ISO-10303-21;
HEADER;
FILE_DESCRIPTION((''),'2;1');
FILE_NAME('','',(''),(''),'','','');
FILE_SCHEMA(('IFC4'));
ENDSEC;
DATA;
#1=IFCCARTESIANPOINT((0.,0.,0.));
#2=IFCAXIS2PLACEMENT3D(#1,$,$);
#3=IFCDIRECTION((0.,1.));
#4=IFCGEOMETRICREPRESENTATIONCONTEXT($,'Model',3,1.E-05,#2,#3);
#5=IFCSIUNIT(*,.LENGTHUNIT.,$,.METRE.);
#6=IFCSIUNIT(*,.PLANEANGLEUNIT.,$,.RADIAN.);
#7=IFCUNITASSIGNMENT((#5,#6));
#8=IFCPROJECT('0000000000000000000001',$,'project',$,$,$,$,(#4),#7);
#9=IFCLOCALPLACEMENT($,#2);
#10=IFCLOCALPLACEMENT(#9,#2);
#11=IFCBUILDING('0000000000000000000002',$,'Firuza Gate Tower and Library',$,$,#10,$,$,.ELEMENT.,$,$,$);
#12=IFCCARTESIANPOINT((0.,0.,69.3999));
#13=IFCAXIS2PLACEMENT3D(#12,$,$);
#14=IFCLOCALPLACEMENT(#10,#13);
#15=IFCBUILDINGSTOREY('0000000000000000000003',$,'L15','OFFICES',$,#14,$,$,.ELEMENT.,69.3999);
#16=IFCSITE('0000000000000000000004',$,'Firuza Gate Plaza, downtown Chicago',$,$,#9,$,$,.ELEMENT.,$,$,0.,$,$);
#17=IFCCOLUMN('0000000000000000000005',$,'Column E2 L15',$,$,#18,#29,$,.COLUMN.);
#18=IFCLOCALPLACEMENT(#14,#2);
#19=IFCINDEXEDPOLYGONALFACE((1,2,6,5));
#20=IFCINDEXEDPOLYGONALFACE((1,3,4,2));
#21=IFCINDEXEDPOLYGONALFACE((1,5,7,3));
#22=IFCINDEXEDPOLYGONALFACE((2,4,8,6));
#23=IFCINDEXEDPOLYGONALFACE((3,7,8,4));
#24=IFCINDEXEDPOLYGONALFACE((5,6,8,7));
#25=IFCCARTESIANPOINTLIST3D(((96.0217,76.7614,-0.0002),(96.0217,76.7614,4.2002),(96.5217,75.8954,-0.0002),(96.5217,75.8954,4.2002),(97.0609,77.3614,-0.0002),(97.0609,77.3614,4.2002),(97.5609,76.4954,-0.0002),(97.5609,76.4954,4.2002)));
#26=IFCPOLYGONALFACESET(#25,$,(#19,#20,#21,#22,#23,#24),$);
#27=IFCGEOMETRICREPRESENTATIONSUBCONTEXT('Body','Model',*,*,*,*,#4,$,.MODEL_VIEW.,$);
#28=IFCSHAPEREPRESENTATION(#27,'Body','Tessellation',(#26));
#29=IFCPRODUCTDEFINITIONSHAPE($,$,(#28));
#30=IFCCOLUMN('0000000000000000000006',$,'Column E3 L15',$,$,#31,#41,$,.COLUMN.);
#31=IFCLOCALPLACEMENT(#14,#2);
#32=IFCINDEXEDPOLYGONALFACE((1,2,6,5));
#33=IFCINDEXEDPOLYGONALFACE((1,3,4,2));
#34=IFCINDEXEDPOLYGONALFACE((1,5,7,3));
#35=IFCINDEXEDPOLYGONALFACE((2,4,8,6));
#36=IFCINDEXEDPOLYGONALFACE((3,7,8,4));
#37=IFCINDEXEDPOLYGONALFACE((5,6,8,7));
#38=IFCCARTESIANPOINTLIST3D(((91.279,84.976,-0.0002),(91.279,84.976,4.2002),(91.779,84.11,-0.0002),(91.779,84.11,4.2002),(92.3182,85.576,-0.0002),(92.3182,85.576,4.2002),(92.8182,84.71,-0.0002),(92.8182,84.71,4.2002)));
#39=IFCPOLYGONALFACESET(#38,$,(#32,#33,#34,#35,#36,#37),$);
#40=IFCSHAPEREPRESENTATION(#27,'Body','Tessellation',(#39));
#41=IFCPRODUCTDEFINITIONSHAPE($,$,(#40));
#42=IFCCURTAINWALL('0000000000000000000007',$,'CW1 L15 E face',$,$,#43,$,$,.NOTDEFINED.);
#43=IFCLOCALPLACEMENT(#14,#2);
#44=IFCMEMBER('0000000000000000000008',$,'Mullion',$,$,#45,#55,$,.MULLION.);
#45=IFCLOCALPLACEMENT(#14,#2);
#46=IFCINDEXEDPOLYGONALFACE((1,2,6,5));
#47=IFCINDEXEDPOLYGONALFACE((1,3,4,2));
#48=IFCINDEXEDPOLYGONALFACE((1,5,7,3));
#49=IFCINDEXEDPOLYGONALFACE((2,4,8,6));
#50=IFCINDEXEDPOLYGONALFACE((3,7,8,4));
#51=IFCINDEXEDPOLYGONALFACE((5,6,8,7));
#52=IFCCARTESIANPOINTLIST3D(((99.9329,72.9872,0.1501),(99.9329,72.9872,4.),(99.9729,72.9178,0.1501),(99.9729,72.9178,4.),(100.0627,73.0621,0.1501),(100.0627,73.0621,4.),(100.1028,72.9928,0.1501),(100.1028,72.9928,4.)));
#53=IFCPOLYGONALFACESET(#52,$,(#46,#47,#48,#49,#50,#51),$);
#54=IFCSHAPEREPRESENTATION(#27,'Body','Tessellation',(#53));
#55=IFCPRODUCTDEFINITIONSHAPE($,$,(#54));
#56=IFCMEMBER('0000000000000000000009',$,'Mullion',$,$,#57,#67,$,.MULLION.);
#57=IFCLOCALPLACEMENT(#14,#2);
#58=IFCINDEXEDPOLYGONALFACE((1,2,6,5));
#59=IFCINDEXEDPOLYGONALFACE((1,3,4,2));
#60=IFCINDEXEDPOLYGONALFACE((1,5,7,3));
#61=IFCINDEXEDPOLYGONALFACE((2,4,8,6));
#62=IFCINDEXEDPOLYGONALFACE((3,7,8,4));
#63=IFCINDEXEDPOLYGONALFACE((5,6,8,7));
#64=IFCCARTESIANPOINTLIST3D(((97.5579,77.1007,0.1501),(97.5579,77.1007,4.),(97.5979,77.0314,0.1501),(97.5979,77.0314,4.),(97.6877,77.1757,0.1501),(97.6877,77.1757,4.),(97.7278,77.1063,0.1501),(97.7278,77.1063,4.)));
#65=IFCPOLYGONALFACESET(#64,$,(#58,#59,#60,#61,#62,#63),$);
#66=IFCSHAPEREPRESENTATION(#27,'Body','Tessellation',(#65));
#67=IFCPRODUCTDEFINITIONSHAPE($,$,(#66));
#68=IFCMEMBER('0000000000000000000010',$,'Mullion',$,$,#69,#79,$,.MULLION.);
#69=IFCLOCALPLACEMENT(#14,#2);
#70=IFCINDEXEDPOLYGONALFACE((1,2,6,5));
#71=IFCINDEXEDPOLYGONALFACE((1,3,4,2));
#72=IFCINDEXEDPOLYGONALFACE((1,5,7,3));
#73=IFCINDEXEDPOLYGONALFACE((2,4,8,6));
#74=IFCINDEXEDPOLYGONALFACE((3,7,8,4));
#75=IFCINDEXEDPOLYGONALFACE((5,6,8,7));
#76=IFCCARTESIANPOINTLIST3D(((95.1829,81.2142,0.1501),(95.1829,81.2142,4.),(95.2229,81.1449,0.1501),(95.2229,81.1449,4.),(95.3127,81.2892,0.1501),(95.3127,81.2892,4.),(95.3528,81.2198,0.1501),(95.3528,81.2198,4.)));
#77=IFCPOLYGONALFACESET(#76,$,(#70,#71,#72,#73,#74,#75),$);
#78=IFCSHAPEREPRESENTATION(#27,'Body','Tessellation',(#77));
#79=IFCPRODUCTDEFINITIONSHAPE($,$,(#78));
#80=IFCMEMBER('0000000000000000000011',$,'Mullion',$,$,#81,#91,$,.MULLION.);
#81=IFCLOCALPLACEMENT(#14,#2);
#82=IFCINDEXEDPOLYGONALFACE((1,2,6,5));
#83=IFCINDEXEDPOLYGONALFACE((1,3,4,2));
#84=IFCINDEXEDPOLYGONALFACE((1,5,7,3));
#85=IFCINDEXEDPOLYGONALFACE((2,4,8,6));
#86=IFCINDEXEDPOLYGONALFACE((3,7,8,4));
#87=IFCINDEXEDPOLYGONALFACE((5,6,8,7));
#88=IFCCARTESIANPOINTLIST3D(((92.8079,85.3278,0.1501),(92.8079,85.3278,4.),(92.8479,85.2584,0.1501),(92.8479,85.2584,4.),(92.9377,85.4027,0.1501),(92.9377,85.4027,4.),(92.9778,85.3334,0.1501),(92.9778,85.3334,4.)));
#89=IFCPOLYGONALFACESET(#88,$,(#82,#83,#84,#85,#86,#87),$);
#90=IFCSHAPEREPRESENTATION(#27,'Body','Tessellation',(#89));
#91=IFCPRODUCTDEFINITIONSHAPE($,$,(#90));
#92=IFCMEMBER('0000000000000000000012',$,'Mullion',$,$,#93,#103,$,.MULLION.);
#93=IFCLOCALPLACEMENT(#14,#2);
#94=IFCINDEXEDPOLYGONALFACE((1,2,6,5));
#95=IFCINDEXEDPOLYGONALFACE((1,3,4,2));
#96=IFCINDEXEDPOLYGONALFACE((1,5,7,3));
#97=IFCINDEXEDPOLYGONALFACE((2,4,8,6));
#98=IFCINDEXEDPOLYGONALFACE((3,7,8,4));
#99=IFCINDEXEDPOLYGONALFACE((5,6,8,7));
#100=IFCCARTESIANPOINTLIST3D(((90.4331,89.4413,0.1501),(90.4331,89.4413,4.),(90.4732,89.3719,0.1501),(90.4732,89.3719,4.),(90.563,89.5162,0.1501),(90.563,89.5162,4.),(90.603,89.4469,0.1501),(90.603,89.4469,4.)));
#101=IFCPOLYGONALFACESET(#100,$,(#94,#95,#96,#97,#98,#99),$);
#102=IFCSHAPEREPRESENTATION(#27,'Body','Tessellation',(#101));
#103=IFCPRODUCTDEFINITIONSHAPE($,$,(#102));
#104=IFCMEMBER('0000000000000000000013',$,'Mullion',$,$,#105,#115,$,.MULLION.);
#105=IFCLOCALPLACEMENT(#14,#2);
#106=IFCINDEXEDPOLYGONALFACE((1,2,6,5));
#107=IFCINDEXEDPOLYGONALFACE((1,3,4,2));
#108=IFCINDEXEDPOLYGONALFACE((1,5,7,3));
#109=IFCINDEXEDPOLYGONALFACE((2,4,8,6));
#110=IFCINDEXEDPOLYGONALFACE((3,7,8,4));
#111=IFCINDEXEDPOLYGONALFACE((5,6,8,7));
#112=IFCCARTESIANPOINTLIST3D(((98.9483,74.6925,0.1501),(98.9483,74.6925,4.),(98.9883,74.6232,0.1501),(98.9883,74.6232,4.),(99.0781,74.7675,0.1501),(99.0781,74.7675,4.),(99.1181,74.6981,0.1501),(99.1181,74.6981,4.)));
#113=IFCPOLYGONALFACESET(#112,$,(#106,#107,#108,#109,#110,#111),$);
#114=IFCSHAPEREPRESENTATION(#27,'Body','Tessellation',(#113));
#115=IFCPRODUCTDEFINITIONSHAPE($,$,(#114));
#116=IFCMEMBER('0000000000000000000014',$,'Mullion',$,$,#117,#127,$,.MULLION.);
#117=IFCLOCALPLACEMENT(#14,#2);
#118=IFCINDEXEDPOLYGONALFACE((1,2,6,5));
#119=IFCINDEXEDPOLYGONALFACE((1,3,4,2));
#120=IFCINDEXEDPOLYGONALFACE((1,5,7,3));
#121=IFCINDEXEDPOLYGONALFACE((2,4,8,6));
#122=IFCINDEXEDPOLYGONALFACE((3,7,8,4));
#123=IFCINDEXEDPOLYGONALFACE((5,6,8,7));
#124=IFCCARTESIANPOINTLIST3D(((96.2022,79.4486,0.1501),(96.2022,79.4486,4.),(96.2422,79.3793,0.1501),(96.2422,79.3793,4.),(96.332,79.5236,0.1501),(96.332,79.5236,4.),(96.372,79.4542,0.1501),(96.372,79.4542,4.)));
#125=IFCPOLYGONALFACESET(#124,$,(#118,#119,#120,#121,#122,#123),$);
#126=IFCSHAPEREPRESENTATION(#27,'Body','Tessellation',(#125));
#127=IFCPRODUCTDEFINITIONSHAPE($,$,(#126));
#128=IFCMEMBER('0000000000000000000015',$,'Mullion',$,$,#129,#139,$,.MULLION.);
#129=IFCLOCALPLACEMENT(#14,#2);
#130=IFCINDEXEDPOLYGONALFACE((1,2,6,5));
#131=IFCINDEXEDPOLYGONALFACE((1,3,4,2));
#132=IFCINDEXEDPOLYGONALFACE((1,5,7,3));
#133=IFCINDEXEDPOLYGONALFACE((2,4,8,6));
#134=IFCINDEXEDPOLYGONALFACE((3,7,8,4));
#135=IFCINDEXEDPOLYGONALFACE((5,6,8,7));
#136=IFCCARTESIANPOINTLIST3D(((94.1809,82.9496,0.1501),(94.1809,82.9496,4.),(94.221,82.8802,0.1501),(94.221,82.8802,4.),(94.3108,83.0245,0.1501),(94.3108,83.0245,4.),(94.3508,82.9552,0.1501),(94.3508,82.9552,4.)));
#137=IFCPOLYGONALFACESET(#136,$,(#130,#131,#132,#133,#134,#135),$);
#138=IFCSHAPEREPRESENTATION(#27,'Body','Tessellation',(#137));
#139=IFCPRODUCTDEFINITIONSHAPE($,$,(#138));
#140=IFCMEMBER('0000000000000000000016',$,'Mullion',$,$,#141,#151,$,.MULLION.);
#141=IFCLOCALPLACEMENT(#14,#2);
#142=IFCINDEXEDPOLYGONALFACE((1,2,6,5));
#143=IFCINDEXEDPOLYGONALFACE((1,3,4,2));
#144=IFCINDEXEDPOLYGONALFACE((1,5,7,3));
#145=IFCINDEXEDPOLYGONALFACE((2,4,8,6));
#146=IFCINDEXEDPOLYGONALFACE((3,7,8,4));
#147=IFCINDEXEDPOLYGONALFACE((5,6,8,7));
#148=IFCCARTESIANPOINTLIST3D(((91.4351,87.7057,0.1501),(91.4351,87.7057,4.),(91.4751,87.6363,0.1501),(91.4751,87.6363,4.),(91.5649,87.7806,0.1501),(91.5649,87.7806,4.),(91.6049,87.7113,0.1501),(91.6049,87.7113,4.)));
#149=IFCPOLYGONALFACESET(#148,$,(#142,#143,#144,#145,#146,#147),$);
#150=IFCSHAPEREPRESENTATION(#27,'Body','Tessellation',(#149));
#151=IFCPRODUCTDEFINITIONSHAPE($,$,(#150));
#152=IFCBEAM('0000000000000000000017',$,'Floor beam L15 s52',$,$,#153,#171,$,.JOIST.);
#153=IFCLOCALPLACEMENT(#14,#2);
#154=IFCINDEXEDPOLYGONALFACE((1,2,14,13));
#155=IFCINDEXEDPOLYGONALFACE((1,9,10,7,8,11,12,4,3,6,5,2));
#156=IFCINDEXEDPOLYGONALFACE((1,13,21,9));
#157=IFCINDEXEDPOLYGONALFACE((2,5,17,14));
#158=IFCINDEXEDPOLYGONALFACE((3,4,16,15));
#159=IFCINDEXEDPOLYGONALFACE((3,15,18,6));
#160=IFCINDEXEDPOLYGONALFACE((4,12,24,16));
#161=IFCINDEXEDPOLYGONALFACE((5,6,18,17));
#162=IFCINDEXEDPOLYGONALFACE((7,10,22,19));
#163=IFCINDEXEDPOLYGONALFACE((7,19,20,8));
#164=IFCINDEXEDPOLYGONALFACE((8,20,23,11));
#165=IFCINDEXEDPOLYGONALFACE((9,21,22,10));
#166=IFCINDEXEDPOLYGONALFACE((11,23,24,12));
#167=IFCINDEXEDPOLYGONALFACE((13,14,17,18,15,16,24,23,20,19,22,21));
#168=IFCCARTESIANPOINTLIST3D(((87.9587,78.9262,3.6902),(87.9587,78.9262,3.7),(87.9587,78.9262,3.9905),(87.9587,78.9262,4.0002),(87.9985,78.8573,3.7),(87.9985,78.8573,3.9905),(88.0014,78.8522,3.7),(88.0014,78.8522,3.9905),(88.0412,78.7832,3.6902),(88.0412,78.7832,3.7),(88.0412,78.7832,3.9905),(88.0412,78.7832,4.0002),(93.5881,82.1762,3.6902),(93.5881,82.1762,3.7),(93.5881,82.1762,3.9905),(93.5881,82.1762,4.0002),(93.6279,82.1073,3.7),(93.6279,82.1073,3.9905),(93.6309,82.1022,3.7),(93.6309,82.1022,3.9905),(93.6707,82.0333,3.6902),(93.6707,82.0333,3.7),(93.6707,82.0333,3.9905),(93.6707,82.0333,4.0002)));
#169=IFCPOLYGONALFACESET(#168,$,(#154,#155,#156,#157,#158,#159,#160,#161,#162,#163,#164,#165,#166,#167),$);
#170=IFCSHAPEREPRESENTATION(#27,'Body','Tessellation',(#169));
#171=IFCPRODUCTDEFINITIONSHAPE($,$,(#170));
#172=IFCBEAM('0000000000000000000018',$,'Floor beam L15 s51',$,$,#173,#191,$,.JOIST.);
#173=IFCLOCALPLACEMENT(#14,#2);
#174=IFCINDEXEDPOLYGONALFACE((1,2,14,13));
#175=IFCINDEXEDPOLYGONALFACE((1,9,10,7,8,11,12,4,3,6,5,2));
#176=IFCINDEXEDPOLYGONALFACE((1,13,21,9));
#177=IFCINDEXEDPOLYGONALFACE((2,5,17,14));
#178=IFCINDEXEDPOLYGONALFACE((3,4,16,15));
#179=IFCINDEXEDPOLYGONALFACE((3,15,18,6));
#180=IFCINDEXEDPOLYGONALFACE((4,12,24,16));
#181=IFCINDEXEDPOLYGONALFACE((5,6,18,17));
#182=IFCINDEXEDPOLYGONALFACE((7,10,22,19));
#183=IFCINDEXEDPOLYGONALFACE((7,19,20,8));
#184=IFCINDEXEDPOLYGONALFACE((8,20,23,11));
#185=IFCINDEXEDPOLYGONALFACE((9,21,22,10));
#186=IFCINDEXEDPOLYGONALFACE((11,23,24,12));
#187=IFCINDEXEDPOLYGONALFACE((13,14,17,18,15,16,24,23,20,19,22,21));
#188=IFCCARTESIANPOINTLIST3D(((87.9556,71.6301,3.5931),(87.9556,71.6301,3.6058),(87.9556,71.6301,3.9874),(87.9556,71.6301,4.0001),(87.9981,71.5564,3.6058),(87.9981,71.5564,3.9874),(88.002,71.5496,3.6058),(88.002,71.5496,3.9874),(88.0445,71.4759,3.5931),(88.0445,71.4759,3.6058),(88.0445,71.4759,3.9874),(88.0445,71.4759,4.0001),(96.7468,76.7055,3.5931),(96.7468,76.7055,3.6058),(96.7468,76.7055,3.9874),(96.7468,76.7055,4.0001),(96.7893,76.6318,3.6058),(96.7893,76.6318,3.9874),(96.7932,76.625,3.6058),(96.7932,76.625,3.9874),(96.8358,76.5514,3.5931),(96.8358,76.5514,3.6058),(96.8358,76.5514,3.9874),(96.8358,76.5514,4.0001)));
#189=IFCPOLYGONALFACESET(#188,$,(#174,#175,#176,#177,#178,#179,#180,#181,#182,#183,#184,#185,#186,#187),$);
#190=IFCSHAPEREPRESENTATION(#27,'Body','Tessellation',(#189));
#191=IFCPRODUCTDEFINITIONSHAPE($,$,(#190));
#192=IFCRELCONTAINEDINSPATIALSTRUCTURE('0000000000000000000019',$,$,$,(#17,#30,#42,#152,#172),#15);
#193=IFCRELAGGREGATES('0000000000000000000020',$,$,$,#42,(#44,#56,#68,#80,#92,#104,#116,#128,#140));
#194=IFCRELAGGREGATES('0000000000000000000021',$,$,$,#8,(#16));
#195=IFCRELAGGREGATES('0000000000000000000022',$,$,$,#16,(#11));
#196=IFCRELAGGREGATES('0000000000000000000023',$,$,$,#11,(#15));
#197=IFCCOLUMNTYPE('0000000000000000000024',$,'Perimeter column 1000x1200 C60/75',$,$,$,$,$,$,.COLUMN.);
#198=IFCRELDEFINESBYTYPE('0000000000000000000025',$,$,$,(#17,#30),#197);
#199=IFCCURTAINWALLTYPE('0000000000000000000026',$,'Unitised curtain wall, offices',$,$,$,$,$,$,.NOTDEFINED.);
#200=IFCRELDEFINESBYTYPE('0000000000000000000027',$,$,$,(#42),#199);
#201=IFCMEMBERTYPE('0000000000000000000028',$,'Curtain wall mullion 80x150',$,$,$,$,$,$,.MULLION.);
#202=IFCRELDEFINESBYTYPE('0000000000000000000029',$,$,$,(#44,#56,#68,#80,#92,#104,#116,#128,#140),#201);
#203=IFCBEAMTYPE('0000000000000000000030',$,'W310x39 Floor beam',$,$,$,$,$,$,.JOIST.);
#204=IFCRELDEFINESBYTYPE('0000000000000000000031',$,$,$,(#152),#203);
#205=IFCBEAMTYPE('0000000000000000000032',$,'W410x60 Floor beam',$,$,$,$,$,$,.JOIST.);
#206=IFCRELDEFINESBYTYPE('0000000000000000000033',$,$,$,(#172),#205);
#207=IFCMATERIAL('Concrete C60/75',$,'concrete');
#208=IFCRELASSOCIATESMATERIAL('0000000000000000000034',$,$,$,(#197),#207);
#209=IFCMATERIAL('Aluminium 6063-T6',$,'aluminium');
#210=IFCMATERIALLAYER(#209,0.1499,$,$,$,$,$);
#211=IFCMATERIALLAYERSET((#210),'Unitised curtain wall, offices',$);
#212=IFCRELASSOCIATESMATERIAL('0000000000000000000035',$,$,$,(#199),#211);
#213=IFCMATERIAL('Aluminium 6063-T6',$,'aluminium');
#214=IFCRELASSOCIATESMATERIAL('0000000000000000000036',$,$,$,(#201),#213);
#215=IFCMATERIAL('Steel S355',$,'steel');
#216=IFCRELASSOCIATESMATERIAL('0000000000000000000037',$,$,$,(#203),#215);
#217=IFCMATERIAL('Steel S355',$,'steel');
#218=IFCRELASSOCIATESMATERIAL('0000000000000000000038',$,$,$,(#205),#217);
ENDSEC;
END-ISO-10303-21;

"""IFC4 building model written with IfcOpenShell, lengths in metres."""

from ifc_helpers import new_model, si_unit, direction, frame, origin, origin_2d, place, context, subcontext, project, spatial, rectangle, i_section, extrude, material, layer, layer_set, material_profile, profile_set, type_object, element, aggregate, save


model = new_model("IFC4")

# Units and contexts
model_context = context("Model", 3, precision=1e-05, world=origin(), true_north=direction((0.0, 1.0)))
body_context = subcontext(model_context, "Body", "Model", "MODEL_VIEW")
ifc_project = project(units=[si_unit("LENGTHUNIT", "METRE"), si_unit("PLANEANGLEUNIT", "RADIAN")], contexts=[model_context])

# Site, building, storey
site_placement = place(None, origin())
site = spatial("IfcSite", under=ifc_project, at=site_placement, Name="Firuza Gate Plaza, downtown Chicago", CompositionType="ELEMENT", RefElevation=0.0)
building_placement = place(site_placement, origin())
building = spatial("IfcBuilding", under=site, at=building_placement, Name="Firuza Gate Tower and Library", CompositionType="ELEMENT")
storey_placement = place(building_placement, frame((0.0, 0.0, 69.3999)))
storey = spatial("IfcBuildingStorey", under=building, at=storey_placement, Name="L15", Description="OFFICES", CompositionType="ELEMENT", Elevation=69.3999)

# Columns
ifc_material_1 = material(Name="Concrete C60/75", Category="concrete")
ifc_material_profile_1 = material_profile(ifc_material_1, rectangle(XDim=1.0, YDim=1.2, at=origin_2d()))
ifc_profile_set_1 = profile_set([ifc_material_profile_1], Name="Concrete C60/75")
column_type = type_object("IfcColumnType", Name="Perimeter column 1000x1200 C60/75", PredefinedType="COLUMN", material=ifc_profile_set_1)
for number, where, z_axis, x_axis, name in (
    (1, (96.7913, 76.6284, -0.0002), (0.0, 0.0, 1.0), (-0.5, 0.866025, 0.0), "Column E2 L15"),
    (2, (92.0486, 84.843, -0.0002), (0.0, 0.0, 1.0), (-0.5, 0.866025, 0.0), "Column E3 L15"),
):
    element("IfcColumn", number, at=place(storey_placement, frame(where, z_axis=z_axis, x_axis=x_axis)), inside=storey, type_object=column_type, Name=name, PredefinedType="COLUMN", context=body_context, shape_type="SweptSolid", body=[
        extrude(rectangle(XDim=1.0, YDim=1.2, at=origin_2d()), origin(), (0.0, 0.0, 1.0), 4.2004),
    ])

# Curtain wall, members
ifc_material_2 = material(Name="Aluminium 6063-T6", Category="aluminium")
ifc_layer_1 = layer(ifc_material_2, 0.1499)
ifc_layer_set_1 = layer_set([ifc_layer_1], Name="Unitised curtain wall, offices")
curtain_wall_type = type_object("IfcCurtainWallType", Name="Unitised curtain wall, offices", PredefinedType="NOTDEFINED", material=ifc_layer_set_1)
curtain_wall_placement = place(storey_placement, origin())
curtain_wall = element("IfcCurtainWall", 3, at=curtain_wall_placement, inside=storey, type_object=curtain_wall_type, Name="CW1 L15 E face", PredefinedType="NOTDEFINED")
ifc_material_3 = material(Name="Aluminium 6063-T6", Category="aluminium")
ifc_material_profile_2 = material_profile(ifc_material_3, rectangle(XDim=0.1499, YDim=0.0801, at=origin_2d()))
ifc_profile_set_2 = profile_set([ifc_material_profile_2], Name="Aluminium 6063-T6")
member_type = type_object("IfcMemberType", Name="Curtain wall mullion 80x150", PredefinedType="MULLION", material=ifc_profile_set_2)
member_1_placement = place(storey_placement, frame((100.0178, 72.99, 0.1501), z_axis=(0.0, 0.0, 1.0), x_axis=(-0.866025, -0.5, 0.0)))
member_1 = element("IfcMember", 4, at=member_1_placement, type_object=member_type, Name="Mullion", PredefinedType="MULLION", context=body_context, shape_type="SweptSolid", body=[
    extrude(rectangle(XDim=0.1499, YDim=0.0801, at=origin_2d()), origin(), (0.0, 0.0, 1.0), 3.8499),
])
member_2_placement = place(storey_placement, frame((97.6428, 77.1035, 0.1501), z_axis=(0.0, 0.0, 1.0), x_axis=(-0.866025, -0.5, 0.0)))
member_2 = element("IfcMember", 5, at=member_2_placement, type_object=member_type, Name="Mullion", PredefinedType="MULLION", context=body_context, shape_type="SweptSolid", body=[
    extrude(rectangle(XDim=0.1499, YDim=0.0801, at=origin_2d()), origin(), (0.0, 0.0, 1.0), 3.8499),
])
member_3_placement = place(storey_placement, frame((95.2678, 81.217, 0.1501), z_axis=(0.0, 0.0, 1.0), x_axis=(-0.866025, -0.5, 0.0)))
member_3 = element("IfcMember", 6, at=member_3_placement, type_object=member_type, Name="Mullion", PredefinedType="MULLION", context=body_context, shape_type="SweptSolid", body=[
    extrude(rectangle(XDim=0.1499, YDim=0.0801, at=origin_2d()), origin(), (0.0, 0.0, 1.0), 3.8499),
])
member_4_placement = place(storey_placement, frame((92.8928, 85.3306, 0.1501), z_axis=(0.0, 0.0, 1.0), x_axis=(-0.866025, -0.5, 0.0)))
member_4 = element("IfcMember", 7, at=member_4_placement, type_object=member_type, Name="Mullion", PredefinedType="MULLION", context=body_context, shape_type="SweptSolid", body=[
    extrude(rectangle(XDim=0.1499, YDim=0.0801, at=origin_2d()), origin(), (0.0, 0.0, 1.0), 3.8499),
])
member_5_placement = place(storey_placement, frame((90.5181, 89.4441, 0.1501), z_axis=(0.0, 0.0, 1.0), x_axis=(-0.866025, -0.5, 0.0)))
member_5 = element("IfcMember", 8, at=member_5_placement, type_object=member_type, Name="Mullion", PredefinedType="MULLION", context=body_context, shape_type="SweptSolid", body=[
    extrude(rectangle(XDim=0.1499, YDim=0.0801, at=origin_2d()), origin(), (0.0, 0.0, 1.0), 3.8499),
])
member_6_placement = place(storey_placement, frame((99.0332, 74.6953, 0.1501), z_axis=(0.0, 0.0, 1.0), x_axis=(-0.866025, -0.5, 0.0)))
member_6 = element("IfcMember", 9, at=member_6_placement, type_object=member_type, Name="Mullion", PredefinedType="MULLION", context=body_context, shape_type="SweptSolid", body=[
    extrude(rectangle(XDim=0.1499, YDim=0.0801, at=origin_2d()), origin(), (0.0, 0.0, 1.0), 3.8499),
])
member_7_placement = place(storey_placement, frame((96.2871, 79.4514, 0.1501), z_axis=(0.0, 0.0, 1.0), x_axis=(-0.866025, -0.5, 0.0)))
member_7 = element("IfcMember", 10, at=member_7_placement, type_object=member_type, Name="Mullion", PredefinedType="MULLION", context=body_context, shape_type="SweptSolid", body=[
    extrude(rectangle(XDim=0.1499, YDim=0.0801, at=origin_2d()), origin(), (0.0, 0.0, 1.0), 3.8499),
])
member_8_placement = place(storey_placement, frame((94.2659, 82.9524, 0.1501), z_axis=(0.0, 0.0, 1.0), x_axis=(-0.866025, -0.5, 0.0)))
member_8 = element("IfcMember", 11, at=member_8_placement, type_object=member_type, Name="Mullion", PredefinedType="MULLION", context=body_context, shape_type="SweptSolid", body=[
    extrude(rectangle(XDim=0.1499, YDim=0.0801, at=origin_2d()), origin(), (0.0, 0.0, 1.0), 3.8499),
])
member_9_placement = place(storey_placement, frame((91.52, 87.7085, 0.1501), z_axis=(0.0, 0.0, 1.0), x_axis=(-0.866025, -0.5, 0.0)))
member_9 = element("IfcMember", 12, at=member_9_placement, type_object=member_type, Name="Mullion", PredefinedType="MULLION", context=body_context, shape_type="SweptSolid", body=[
    extrude(rectangle(XDim=0.1499, YDim=0.0801, at=origin_2d()), origin(), (0.0, 0.0, 1.0), 3.8499),
])

# Beams
ifc_material_4 = material(Name="Steel S355", Category="steel")
ifc_material_profile_3 = material_profile(ifc_material_4, i_section(OverallWidth=0.165, OverallDepth=0.3101, WebThickness=0.0059, FlangeThickness=0.0098, at=origin_2d()))
ifc_profile_set_3 = profile_set([ifc_material_profile_3], Name="Steel S355")
beam_type_1 = type_object("IfcBeamType", Name="W310x39 Floor beam", PredefinedType="JOIST", material=ifc_profile_set_3)
beam_1_placement = place(storey_placement, frame((93.6294, 82.1047, 3.8452), z_axis=(-0.866034, -0.499985, 0.0), x_axis=(0.499985, -0.866034, 0.0)))
element("IfcBeam", 13, at=beam_1_placement, inside=storey, type_object=beam_type_1, Name="Floor beam L15 s52", PredefinedType="JOIST", context=body_context, shape_type="SweptSolid", body=[
    extrude(i_section(OverallWidth=0.165, OverallDepth=0.3101, WebThickness=0.0059, FlangeThickness=0.0098, at=origin_2d()), origin(), (0.0, 0.0, 1.0), 6.5002),
])
ifc_material_5 = material(Name="Steel S355", Category="steel")
ifc_material_profile_4 = material_profile(ifc_material_5, i_section(OverallWidth=0.178, OverallDepth=0.407, WebThickness=0.0078, FlangeThickness=0.0127, at=origin_2d()))
ifc_profile_set_4 = profile_set([ifc_material_profile_4], Name="Steel S355")
beam_type_2 = type_object("IfcBeamType", Name="W410x60 Floor beam", PredefinedType="JOIST", material=ifc_profile_set_4)
beam_2_placement = place(storey_placement, frame((96.7913, 76.6284, 3.7966), z_axis=(-0.866034, -0.499985, 0.0), x_axis=(0.499985, -0.866034, 0.0)))
element("IfcBeam", 14, at=beam_2_placement, inside=storey, type_object=beam_type_2, Name="Floor beam L15 s51", PredefinedType="JOIST", context=body_context, shape_type="SweptSolid", body=[
    extrude(i_section(OverallWidth=0.178, OverallDepth=0.407, WebThickness=0.0078, FlangeThickness=0.0127, at=origin_2d()), origin(), (0.0, 0.0, 1.0), 10.1511),
])

aggregate(curtain_wall, [member_1, member_2, member_3, member_4, member_5, member_6, member_7, member_8, member_9])

save(model, "model.ifc")
